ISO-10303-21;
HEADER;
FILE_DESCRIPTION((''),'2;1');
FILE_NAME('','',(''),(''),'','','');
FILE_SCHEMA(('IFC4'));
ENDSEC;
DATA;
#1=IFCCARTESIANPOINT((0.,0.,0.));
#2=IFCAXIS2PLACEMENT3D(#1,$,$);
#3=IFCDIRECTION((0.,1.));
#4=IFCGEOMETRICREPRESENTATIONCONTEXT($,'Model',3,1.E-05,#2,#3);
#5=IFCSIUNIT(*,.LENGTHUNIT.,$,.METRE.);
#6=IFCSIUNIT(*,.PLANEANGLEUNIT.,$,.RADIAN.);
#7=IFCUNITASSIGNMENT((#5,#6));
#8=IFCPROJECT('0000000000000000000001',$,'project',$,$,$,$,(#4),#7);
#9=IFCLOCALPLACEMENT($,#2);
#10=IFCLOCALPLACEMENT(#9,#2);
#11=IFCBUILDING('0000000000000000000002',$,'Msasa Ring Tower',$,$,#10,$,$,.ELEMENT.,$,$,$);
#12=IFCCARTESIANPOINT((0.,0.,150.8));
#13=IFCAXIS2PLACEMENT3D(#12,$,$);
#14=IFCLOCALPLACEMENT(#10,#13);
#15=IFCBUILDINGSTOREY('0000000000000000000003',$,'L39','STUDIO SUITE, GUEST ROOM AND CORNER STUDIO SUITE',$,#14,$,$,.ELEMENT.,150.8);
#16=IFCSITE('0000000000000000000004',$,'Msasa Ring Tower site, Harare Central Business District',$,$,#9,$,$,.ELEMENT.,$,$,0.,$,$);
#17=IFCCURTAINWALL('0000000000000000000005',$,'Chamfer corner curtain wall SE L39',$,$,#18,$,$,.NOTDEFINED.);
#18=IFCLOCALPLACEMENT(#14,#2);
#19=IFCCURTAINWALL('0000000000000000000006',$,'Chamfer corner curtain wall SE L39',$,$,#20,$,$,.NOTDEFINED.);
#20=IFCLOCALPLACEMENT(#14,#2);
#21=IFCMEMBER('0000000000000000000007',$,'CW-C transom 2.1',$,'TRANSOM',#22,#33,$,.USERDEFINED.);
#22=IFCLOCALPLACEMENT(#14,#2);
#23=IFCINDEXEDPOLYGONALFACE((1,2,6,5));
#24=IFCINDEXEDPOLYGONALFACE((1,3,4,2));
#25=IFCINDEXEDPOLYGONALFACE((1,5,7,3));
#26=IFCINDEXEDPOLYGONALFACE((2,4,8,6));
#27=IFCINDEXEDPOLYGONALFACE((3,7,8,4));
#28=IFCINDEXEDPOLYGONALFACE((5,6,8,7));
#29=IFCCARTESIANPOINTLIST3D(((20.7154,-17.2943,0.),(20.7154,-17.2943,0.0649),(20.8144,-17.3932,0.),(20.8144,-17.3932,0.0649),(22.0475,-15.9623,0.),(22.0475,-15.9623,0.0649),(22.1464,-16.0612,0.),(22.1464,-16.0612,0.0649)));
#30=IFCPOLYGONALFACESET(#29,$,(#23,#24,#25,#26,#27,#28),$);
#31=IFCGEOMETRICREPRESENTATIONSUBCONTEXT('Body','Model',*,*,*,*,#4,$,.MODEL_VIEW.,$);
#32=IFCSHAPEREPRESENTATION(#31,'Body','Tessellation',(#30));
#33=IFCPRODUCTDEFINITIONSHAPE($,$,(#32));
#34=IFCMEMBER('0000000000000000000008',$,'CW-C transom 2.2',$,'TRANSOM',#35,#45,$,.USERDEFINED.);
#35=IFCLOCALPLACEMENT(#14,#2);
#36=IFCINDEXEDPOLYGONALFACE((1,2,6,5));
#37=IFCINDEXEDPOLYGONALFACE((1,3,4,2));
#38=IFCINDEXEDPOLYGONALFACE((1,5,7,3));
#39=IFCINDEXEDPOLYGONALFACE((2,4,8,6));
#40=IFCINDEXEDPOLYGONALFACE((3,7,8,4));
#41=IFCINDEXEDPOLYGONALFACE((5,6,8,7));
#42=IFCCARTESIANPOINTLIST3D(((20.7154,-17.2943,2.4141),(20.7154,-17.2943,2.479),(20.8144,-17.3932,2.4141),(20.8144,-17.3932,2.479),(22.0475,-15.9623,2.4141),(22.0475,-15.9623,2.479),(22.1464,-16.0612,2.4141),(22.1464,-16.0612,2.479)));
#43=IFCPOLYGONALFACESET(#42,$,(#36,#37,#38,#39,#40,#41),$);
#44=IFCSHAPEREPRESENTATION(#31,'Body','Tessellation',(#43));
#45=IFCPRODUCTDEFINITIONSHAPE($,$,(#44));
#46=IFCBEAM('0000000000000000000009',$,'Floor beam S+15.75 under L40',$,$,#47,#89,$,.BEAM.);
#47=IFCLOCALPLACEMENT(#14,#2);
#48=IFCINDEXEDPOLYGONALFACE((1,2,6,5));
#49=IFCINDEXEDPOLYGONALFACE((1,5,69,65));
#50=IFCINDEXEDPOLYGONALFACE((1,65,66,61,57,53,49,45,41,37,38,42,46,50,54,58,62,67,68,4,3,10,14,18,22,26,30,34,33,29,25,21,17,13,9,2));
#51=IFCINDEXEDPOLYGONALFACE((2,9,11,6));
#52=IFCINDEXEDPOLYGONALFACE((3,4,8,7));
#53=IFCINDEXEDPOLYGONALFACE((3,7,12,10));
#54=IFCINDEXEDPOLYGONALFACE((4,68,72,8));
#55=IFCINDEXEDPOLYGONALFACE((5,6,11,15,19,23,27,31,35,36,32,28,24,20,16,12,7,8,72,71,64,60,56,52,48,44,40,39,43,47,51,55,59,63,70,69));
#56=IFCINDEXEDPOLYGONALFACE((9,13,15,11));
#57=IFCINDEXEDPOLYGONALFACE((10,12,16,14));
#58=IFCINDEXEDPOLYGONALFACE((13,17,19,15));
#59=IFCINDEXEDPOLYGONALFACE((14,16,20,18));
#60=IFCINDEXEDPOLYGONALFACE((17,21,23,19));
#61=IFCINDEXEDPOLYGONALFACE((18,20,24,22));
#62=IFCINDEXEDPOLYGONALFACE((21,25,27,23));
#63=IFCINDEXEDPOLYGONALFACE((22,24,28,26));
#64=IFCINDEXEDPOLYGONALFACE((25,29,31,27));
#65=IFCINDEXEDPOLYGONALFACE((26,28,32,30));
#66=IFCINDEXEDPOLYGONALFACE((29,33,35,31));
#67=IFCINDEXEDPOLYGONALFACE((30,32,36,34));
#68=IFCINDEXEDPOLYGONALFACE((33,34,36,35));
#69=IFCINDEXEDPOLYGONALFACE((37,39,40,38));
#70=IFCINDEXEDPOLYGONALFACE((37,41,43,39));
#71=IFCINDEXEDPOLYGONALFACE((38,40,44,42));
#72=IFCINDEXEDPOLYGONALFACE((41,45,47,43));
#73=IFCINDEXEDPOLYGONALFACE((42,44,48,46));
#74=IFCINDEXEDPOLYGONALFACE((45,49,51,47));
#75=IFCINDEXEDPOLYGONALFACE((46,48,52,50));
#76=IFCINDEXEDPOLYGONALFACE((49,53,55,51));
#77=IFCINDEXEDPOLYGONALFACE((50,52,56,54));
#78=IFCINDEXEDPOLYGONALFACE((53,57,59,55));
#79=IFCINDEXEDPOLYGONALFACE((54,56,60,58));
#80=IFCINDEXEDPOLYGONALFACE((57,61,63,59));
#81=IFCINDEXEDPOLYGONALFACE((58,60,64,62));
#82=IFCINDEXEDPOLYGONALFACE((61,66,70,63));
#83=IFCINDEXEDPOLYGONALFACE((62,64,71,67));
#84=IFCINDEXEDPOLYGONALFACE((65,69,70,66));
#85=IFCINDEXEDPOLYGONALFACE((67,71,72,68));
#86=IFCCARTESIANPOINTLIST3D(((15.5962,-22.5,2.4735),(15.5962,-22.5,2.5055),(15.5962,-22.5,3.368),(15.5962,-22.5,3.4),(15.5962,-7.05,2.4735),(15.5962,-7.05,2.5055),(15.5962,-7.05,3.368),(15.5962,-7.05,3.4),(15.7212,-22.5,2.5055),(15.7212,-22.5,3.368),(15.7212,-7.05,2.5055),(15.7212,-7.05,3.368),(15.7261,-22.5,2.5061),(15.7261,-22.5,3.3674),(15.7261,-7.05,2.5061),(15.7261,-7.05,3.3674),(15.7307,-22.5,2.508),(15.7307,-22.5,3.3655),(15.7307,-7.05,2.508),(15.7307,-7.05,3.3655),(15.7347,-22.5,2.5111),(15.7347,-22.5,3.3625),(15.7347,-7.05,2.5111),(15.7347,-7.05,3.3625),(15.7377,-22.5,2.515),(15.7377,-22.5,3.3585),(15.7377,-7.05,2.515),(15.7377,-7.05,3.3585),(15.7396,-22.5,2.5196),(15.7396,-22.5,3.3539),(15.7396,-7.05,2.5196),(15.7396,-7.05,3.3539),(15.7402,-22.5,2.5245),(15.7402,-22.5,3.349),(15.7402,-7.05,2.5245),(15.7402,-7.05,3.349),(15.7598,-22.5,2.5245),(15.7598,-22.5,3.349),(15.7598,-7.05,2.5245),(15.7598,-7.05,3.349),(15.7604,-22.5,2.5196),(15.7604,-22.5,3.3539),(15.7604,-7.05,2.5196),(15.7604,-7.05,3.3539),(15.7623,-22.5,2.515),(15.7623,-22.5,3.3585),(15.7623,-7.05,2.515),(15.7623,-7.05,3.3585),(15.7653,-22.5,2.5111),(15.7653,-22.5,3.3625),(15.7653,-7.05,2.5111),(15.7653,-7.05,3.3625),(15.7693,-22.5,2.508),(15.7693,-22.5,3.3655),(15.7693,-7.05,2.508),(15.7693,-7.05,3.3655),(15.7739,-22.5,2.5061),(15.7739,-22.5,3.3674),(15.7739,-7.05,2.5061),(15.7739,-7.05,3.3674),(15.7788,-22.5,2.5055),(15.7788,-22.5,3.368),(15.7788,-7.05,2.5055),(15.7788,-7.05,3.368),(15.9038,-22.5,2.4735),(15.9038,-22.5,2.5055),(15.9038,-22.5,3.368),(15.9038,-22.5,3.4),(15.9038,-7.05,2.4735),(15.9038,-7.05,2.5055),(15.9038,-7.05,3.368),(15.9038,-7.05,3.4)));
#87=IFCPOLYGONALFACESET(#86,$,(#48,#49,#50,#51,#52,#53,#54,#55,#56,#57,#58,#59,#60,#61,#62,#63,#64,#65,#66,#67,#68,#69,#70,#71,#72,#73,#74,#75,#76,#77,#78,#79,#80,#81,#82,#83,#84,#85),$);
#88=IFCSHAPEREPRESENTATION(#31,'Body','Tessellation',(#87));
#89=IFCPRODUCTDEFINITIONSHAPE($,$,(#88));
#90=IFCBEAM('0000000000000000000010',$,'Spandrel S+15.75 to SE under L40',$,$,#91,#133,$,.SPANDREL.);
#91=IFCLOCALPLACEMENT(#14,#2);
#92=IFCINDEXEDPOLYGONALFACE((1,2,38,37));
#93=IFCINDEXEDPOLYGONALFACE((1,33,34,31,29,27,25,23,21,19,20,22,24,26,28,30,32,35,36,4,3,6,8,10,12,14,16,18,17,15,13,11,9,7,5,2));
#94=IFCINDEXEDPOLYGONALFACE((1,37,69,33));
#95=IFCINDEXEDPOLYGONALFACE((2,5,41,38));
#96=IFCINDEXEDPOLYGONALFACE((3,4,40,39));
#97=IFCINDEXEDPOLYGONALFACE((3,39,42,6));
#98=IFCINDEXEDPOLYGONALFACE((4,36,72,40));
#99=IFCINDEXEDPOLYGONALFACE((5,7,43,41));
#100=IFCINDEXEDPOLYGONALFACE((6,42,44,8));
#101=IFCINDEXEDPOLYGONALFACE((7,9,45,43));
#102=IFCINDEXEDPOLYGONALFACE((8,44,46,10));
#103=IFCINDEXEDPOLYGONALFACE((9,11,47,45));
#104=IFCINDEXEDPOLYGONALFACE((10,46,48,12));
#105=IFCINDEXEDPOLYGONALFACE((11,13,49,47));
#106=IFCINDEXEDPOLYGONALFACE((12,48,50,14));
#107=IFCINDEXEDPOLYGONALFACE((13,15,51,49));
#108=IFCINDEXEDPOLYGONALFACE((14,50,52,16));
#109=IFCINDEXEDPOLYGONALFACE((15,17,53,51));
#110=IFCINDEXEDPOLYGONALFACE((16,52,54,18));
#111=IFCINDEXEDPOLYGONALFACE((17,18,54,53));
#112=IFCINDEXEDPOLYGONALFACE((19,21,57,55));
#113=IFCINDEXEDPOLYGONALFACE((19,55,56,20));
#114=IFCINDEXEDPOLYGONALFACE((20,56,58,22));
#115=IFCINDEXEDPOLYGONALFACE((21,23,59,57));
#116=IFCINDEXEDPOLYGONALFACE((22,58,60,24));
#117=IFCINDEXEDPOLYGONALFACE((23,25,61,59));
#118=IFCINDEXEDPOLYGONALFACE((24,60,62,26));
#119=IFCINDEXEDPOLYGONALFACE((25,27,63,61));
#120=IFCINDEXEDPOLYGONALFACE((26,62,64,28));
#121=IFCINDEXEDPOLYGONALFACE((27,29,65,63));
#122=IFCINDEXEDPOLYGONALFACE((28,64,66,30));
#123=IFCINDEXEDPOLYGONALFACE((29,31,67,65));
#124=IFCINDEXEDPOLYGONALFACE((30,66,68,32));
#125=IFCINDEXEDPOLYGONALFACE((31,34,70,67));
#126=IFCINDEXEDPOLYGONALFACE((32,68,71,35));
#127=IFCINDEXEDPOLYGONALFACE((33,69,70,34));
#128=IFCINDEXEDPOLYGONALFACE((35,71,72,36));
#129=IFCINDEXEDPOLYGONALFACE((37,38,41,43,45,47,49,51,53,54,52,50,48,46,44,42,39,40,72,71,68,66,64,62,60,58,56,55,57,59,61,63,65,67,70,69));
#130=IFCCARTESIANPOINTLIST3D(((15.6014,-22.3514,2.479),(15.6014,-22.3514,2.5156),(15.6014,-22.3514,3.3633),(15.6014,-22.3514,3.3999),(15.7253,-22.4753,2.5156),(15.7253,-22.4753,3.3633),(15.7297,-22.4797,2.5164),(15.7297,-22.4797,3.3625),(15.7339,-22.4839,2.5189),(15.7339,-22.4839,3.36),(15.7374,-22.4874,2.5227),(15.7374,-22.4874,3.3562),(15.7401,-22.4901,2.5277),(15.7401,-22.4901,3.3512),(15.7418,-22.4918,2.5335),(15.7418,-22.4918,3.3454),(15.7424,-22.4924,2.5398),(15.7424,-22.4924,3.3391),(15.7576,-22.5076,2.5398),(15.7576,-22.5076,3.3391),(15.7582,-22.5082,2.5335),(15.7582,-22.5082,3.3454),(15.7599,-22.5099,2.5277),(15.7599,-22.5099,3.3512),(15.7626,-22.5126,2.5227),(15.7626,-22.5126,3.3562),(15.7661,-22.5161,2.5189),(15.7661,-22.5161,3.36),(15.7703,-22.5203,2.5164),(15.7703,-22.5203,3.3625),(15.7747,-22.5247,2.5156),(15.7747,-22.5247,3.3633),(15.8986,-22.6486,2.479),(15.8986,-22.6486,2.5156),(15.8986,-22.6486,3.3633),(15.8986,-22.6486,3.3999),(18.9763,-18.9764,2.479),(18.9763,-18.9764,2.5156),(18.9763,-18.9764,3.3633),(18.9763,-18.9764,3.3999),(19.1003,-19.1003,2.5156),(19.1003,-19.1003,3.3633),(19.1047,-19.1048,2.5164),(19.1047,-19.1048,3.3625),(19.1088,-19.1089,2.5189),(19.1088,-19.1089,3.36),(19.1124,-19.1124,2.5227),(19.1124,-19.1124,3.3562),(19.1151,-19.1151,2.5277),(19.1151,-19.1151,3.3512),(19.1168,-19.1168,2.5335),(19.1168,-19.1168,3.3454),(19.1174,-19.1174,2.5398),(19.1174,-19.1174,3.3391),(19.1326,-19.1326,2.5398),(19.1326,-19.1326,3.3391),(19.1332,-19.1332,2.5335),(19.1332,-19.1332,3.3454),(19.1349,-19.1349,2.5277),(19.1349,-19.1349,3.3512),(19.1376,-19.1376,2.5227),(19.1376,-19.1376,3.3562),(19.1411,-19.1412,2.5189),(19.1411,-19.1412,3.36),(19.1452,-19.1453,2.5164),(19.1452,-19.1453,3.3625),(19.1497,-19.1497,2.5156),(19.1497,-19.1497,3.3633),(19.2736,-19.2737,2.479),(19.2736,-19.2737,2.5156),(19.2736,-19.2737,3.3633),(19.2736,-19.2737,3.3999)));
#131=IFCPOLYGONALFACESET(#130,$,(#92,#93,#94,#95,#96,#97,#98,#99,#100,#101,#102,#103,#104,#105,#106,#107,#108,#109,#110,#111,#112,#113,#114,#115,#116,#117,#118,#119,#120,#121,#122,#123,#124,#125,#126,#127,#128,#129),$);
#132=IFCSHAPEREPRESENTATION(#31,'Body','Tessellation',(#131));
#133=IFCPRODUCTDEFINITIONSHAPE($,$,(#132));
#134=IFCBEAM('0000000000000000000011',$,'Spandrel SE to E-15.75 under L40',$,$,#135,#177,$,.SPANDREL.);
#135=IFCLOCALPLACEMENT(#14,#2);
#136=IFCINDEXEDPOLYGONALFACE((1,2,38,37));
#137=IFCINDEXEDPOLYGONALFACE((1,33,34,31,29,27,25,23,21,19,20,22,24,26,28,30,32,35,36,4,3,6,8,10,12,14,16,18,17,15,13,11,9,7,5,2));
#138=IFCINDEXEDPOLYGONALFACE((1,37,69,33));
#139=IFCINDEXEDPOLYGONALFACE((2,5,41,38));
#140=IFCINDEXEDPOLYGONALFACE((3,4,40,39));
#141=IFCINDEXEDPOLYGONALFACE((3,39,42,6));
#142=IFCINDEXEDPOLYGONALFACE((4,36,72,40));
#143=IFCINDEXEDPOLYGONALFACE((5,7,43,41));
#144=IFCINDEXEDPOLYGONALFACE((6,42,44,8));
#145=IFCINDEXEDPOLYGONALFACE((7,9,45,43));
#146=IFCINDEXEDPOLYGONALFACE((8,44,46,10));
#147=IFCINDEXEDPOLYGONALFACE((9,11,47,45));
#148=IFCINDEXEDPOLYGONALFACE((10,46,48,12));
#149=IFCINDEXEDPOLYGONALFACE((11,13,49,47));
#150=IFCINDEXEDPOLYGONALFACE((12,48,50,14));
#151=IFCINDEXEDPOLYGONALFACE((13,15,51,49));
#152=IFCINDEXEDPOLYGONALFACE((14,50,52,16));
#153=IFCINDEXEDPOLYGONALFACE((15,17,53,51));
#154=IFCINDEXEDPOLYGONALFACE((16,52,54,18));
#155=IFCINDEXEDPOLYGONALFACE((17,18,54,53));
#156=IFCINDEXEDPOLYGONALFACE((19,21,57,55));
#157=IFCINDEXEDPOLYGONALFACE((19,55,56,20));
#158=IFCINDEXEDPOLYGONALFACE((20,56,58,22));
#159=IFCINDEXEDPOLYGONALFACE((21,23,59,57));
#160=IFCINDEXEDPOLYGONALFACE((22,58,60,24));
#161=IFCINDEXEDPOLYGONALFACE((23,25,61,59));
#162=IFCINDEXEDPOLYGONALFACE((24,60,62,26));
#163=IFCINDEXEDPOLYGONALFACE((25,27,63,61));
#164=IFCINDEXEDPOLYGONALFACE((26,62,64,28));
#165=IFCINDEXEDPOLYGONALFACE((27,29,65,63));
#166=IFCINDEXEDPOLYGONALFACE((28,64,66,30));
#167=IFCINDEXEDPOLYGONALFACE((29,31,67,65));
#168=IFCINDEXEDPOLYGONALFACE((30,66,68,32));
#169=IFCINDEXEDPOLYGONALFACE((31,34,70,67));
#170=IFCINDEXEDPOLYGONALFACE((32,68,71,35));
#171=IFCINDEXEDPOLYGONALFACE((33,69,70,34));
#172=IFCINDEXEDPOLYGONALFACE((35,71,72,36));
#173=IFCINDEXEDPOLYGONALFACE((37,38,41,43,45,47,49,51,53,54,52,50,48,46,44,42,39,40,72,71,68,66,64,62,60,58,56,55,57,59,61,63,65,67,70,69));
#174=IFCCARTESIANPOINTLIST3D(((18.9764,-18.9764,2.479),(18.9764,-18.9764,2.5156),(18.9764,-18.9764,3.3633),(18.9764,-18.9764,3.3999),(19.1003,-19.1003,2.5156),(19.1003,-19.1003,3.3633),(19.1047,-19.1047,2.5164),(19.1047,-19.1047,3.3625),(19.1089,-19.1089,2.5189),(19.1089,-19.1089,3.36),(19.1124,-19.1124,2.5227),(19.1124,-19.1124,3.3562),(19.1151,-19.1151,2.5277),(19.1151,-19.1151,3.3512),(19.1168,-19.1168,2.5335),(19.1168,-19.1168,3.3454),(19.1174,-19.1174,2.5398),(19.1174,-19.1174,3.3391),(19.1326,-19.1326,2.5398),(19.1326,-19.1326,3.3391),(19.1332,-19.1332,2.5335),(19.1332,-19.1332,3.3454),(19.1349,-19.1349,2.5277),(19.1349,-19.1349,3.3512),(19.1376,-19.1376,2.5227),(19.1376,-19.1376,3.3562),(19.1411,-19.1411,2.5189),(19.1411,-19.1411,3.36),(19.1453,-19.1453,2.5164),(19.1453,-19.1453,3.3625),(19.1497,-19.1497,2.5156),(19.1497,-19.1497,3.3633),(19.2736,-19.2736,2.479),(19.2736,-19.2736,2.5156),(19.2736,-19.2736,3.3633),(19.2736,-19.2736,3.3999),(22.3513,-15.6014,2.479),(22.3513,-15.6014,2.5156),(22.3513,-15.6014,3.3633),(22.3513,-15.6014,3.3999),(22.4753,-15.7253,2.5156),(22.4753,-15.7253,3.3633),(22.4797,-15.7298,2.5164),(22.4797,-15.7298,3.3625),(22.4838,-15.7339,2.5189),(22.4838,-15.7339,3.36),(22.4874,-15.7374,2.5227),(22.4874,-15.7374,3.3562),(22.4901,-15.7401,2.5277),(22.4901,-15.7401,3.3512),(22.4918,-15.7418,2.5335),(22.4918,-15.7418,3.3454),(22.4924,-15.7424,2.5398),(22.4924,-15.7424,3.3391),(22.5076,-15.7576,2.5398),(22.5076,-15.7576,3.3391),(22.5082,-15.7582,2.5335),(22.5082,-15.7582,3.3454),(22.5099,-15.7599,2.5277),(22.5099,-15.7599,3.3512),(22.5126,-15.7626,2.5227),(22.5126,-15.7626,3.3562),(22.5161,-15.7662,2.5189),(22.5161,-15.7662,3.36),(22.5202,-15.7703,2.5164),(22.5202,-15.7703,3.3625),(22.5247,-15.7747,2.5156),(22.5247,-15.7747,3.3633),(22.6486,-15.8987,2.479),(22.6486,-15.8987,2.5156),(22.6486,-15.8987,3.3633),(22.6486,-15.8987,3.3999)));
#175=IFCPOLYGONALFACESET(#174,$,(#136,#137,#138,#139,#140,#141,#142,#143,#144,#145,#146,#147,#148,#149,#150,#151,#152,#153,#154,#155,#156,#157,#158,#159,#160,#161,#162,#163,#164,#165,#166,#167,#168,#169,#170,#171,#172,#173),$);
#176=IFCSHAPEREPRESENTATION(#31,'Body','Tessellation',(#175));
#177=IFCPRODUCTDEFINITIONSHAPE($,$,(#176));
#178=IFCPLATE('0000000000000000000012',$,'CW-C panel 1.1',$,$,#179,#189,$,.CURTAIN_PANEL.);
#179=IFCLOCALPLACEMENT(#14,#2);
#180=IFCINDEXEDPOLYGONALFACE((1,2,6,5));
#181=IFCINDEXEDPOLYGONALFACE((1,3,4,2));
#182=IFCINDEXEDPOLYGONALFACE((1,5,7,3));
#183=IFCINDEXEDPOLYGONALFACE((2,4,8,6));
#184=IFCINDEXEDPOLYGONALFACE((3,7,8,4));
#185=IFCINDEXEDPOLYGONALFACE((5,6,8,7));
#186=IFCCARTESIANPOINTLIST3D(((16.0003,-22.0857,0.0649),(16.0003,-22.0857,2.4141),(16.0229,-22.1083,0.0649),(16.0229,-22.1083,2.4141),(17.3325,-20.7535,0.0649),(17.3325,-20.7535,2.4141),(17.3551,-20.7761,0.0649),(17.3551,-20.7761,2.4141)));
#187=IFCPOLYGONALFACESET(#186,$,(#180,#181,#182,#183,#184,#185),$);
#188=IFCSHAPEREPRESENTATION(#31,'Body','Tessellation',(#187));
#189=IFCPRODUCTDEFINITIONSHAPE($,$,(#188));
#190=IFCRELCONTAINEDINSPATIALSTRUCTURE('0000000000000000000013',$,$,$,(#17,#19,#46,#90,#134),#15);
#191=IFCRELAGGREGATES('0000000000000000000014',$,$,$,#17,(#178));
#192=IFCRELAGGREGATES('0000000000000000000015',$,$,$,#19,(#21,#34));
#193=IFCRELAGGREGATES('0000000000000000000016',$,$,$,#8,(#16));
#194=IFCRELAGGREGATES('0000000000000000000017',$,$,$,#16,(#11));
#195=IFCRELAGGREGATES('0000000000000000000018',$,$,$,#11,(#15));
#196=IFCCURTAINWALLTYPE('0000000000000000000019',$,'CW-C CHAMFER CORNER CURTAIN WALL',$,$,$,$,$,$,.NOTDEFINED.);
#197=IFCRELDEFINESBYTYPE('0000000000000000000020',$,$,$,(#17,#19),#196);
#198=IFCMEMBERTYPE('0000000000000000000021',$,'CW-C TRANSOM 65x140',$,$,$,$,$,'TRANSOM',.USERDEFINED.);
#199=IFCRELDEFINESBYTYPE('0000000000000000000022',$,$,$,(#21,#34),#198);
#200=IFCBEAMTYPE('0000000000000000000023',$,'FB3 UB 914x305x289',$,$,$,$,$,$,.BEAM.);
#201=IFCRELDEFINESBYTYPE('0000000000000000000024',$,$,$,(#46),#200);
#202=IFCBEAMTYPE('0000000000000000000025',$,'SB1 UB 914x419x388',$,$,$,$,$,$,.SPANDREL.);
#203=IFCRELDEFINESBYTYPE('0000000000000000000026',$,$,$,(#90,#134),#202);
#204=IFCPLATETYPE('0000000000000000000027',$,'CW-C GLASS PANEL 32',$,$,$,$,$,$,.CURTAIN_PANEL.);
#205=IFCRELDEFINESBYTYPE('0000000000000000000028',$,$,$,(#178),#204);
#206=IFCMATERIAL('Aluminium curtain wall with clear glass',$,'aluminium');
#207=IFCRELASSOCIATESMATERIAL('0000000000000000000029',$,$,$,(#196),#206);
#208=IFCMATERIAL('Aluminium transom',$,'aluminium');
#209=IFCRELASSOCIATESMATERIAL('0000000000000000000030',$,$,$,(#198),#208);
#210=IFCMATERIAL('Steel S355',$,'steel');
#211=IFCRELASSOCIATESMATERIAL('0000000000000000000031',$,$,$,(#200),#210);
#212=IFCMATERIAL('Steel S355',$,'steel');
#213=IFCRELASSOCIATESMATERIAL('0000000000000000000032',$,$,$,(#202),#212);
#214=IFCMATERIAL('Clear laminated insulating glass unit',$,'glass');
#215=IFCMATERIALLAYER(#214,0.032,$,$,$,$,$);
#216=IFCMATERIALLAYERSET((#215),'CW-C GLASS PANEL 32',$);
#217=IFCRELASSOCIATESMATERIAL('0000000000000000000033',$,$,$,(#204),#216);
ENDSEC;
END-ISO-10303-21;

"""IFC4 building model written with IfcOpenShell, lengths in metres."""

from ifc_helpers import new_model, si_unit, direction, frame, origin, origin_2d, place, context, subcontext, project, spatial, rectangle, i_section, extrude, material, layer, layer_set, material_profile, profile_set, type_object, element, aggregate, save


model = new_model("IFC4")

# Units and contexts
model_context = context("Model", 3, precision=1e-05, world=origin(), true_north=direction((0.0, 1.0)))
body_context = subcontext(model_context, "Body", "Model", "MODEL_VIEW")
ifc_project = project(units=[si_unit("LENGTHUNIT", "METRE"), si_unit("PLANEANGLEUNIT", "RADIAN")], contexts=[model_context])

# Site, building, storey
site_placement = place(None, origin())
site = spatial("IfcSite", under=ifc_project, at=site_placement, Name="Msasa Ring Tower site, Harare Central Business District", CompositionType="ELEMENT", RefElevation=0.0)
building_placement = place(site_placement, origin())
building = spatial("IfcBuilding", under=site, at=building_placement, Name="Msasa Ring Tower", CompositionType="ELEMENT")
storey_placement = place(building_placement, frame((0.0, 0.0, 150.8)))
storey = spatial("IfcBuildingStorey", under=building, at=storey_placement, Name="L39", Description="STUDIO SUITE, GUEST ROOM AND CORNER STUDIO SUITE", CompositionType="ELEMENT", Elevation=150.8)

# Curtain walls
ifc_material_1 = material(Name="Aluminium curtain wall with clear glass", Category="aluminium")
curtain_wall_type = type_object("IfcCurtainWallType", Name="CW-C CHAMFER CORNER CURTAIN WALL", PredefinedType="NOTDEFINED", material=ifc_material_1)
curtain_wall_1_placement = place(storey_placement, origin())
curtain_wall_1 = element("IfcCurtainWall", 1, at=curtain_wall_1_placement, inside=storey, type_object=curtain_wall_type, Name="Chamfer corner curtain wall SE L39", PredefinedType="NOTDEFINED")
curtain_wall_2_placement = place(storey_placement, origin())
curtain_wall_2 = element("IfcCurtainWall", 2, at=curtain_wall_2_placement, inside=storey, type_object=curtain_wall_type, Name="Chamfer corner curtain wall SE L39", PredefinedType="NOTDEFINED")

# Members
ifc_material_2 = material(Name="Aluminium transom", Category="aluminium")
ifc_material_profile_1 = material_profile(ifc_material_2, rectangle(XDim=0.1399, YDim=0.0649, at=origin_2d()), Name="AL 65x140")
ifc_profile_set_1 = profile_set([ifc_material_profile_1], Name="Aluminium transom")
member_type_1 = type_object("IfcMemberType", Name="CW-C TRANSOM 65x140", ElementType="TRANSOM", PredefinedType="USERDEFINED", material=ifc_profile_set_1)
member_1_placement = place(storey_placement, frame((20.7649, -17.3438, 0.0325), z_axis=(0.707107, 0.707107, 0.0), x_axis=(-0.707107, 0.707107, 0.0)))
member_1 = element("IfcMember", 3, at=member_1_placement, type_object=member_type_1, Name="CW-C transom 2.1", ObjectType="TRANSOM", PredefinedType="USERDEFINED", context=body_context, shape_type="SweptSolid", body=[
    extrude(rectangle(XDim=0.1399, YDim=0.0649, at=origin_2d()), origin(), (0.0, 0.0, 1.0), 1.8838),
])
member_2_placement = place(storey_placement, frame((20.7649, -17.3438, 2.4465), z_axis=(0.707107, 0.707107, 0.0), x_axis=(-0.707107, 0.707107, 0.0)))
member_2 = element("IfcMember", 4, at=member_2_placement, type_object=member_type_1, Name="CW-C transom 2.2", ObjectType="TRANSOM", PredefinedType="USERDEFINED", context=body_context, shape_type="SweptSolid", body=[
    extrude(rectangle(XDim=0.1399, YDim=0.0649, at=origin_2d()), origin(), (0.0, 0.0, 1.0), 1.8838),
])

# Beams
ifc_material_3 = material(Name="Steel S355", Category="steel")
ifc_material_profile_2 = material_profile(ifc_material_3, i_section(OverallWidth=0.3076, OverallDepth=0.9265, WebThickness=0.0195, FlangeThickness=0.032, FilletRadius=0.019, at=origin_2d()), Name="UB 914x305x289")
ifc_profile_set_2 = profile_set([ifc_material_profile_2], Name="Steel S355")
beam_type_1 = type_object("IfcBeamType", Name="FB3 UB 914x305x289", PredefinedType="BEAM", material=ifc_profile_set_2)
beam_placement = place(storey_placement, frame((15.75, -22.5, 2.9368), z_axis=(0.0, 1.0, 0.0), x_axis=(-1.0, 0.0, 0.0)))
element("IfcBeam", 5, at=beam_placement, inside=storey, type_object=beam_type_1, Name="Floor beam S+15.75 under L40", PredefinedType="BEAM", context=body_context, shape_type="SweptSolid", body=[
    extrude(i_section(OverallWidth=0.3076, OverallDepth=0.9265, WebThickness=0.0195, FlangeThickness=0.032, FilletRadius=0.019, at=origin_2d()), origin(), (0.0, 0.0, 1.0), 15.45),
])
ifc_material_4 = material(Name="Steel S355", Category="steel")
ifc_material_profile_3 = material_profile(ifc_material_4, i_section(OverallWidth=0.4204, OverallDepth=0.9209, WebThickness=0.0215, FlangeThickness=0.0366, FilletRadius=0.0242, at=origin_2d()), Name="UB 914x419x388")
ifc_profile_set_3 = profile_set([ifc_material_profile_3], Name="Steel S355")
beam_type_2 = type_object("IfcBeamType", Name="SB1 UB 914x419x388", PredefinedType="SPANDREL", material=ifc_profile_set_3)
for number, where, z_axis, x_axis, name in (
    (6, (15.75, -22.5, 2.9395), (0.707107, 0.707107, 0.0), (-0.707107, 0.707107, 0.0), "Spandrel S+15.75 to SE under L40"),
    (7, (19.125, -19.125, 2.9395), (0.707107, 0.707107, 0.0), (-0.707107, 0.707107, 0.0), "Spandrel SE to E-15.75 under L40"),
):
    element("IfcBeam", number, at=place(storey_placement, frame(where, z_axis=z_axis, x_axis=x_axis)), inside=storey, type_object=beam_type_2, Name=name, PredefinedType="SPANDREL", context=body_context, shape_type="SweptSolid", body=[
        extrude(i_section(OverallWidth=0.4204, OverallDepth=0.9209, WebThickness=0.0215, FlangeThickness=0.0366, FilletRadius=0.0242, at=origin_2d()), origin(), (0.0, 0.0, 1.0), 4.7729),
    ])

# Plate
ifc_material_5 = material(Name="Clear laminated insulating glass unit", Category="glass")
ifc_layer_1 = layer(ifc_material_5, 0.032)
ifc_layer_set_1 = layer_set([ifc_layer_1], Name="CW-C GLASS PANEL 32")
plate_type = type_object("IfcPlateType", Name="CW-C GLASS PANEL 32", PredefinedType="CURTAIN_PANEL", material=ifc_layer_set_1)
plate_1_placement = place(storey_placement, frame((16.6777, -21.4309, 0.0649), z_axis=(0.0, 0.0, 1.0), x_axis=(0.707107, 0.707107, 0.0)))
plate_1 = element("IfcPlate", 8, at=plate_1_placement, type_object=plate_type, Name="CW-C panel 1.1", PredefinedType="CURTAIN_PANEL", context=body_context, shape_type="SweptSolid", body=[
    extrude(rectangle(XDim=1.884, YDim=0.032, at=origin_2d()), origin(), (0.0, 0.0, 1.0), 2.3491),
])
aggregate(curtain_wall_1, [plate_1])
aggregate(curtain_wall_2, [member_1, member_2])

save(model, "model.ifc")
